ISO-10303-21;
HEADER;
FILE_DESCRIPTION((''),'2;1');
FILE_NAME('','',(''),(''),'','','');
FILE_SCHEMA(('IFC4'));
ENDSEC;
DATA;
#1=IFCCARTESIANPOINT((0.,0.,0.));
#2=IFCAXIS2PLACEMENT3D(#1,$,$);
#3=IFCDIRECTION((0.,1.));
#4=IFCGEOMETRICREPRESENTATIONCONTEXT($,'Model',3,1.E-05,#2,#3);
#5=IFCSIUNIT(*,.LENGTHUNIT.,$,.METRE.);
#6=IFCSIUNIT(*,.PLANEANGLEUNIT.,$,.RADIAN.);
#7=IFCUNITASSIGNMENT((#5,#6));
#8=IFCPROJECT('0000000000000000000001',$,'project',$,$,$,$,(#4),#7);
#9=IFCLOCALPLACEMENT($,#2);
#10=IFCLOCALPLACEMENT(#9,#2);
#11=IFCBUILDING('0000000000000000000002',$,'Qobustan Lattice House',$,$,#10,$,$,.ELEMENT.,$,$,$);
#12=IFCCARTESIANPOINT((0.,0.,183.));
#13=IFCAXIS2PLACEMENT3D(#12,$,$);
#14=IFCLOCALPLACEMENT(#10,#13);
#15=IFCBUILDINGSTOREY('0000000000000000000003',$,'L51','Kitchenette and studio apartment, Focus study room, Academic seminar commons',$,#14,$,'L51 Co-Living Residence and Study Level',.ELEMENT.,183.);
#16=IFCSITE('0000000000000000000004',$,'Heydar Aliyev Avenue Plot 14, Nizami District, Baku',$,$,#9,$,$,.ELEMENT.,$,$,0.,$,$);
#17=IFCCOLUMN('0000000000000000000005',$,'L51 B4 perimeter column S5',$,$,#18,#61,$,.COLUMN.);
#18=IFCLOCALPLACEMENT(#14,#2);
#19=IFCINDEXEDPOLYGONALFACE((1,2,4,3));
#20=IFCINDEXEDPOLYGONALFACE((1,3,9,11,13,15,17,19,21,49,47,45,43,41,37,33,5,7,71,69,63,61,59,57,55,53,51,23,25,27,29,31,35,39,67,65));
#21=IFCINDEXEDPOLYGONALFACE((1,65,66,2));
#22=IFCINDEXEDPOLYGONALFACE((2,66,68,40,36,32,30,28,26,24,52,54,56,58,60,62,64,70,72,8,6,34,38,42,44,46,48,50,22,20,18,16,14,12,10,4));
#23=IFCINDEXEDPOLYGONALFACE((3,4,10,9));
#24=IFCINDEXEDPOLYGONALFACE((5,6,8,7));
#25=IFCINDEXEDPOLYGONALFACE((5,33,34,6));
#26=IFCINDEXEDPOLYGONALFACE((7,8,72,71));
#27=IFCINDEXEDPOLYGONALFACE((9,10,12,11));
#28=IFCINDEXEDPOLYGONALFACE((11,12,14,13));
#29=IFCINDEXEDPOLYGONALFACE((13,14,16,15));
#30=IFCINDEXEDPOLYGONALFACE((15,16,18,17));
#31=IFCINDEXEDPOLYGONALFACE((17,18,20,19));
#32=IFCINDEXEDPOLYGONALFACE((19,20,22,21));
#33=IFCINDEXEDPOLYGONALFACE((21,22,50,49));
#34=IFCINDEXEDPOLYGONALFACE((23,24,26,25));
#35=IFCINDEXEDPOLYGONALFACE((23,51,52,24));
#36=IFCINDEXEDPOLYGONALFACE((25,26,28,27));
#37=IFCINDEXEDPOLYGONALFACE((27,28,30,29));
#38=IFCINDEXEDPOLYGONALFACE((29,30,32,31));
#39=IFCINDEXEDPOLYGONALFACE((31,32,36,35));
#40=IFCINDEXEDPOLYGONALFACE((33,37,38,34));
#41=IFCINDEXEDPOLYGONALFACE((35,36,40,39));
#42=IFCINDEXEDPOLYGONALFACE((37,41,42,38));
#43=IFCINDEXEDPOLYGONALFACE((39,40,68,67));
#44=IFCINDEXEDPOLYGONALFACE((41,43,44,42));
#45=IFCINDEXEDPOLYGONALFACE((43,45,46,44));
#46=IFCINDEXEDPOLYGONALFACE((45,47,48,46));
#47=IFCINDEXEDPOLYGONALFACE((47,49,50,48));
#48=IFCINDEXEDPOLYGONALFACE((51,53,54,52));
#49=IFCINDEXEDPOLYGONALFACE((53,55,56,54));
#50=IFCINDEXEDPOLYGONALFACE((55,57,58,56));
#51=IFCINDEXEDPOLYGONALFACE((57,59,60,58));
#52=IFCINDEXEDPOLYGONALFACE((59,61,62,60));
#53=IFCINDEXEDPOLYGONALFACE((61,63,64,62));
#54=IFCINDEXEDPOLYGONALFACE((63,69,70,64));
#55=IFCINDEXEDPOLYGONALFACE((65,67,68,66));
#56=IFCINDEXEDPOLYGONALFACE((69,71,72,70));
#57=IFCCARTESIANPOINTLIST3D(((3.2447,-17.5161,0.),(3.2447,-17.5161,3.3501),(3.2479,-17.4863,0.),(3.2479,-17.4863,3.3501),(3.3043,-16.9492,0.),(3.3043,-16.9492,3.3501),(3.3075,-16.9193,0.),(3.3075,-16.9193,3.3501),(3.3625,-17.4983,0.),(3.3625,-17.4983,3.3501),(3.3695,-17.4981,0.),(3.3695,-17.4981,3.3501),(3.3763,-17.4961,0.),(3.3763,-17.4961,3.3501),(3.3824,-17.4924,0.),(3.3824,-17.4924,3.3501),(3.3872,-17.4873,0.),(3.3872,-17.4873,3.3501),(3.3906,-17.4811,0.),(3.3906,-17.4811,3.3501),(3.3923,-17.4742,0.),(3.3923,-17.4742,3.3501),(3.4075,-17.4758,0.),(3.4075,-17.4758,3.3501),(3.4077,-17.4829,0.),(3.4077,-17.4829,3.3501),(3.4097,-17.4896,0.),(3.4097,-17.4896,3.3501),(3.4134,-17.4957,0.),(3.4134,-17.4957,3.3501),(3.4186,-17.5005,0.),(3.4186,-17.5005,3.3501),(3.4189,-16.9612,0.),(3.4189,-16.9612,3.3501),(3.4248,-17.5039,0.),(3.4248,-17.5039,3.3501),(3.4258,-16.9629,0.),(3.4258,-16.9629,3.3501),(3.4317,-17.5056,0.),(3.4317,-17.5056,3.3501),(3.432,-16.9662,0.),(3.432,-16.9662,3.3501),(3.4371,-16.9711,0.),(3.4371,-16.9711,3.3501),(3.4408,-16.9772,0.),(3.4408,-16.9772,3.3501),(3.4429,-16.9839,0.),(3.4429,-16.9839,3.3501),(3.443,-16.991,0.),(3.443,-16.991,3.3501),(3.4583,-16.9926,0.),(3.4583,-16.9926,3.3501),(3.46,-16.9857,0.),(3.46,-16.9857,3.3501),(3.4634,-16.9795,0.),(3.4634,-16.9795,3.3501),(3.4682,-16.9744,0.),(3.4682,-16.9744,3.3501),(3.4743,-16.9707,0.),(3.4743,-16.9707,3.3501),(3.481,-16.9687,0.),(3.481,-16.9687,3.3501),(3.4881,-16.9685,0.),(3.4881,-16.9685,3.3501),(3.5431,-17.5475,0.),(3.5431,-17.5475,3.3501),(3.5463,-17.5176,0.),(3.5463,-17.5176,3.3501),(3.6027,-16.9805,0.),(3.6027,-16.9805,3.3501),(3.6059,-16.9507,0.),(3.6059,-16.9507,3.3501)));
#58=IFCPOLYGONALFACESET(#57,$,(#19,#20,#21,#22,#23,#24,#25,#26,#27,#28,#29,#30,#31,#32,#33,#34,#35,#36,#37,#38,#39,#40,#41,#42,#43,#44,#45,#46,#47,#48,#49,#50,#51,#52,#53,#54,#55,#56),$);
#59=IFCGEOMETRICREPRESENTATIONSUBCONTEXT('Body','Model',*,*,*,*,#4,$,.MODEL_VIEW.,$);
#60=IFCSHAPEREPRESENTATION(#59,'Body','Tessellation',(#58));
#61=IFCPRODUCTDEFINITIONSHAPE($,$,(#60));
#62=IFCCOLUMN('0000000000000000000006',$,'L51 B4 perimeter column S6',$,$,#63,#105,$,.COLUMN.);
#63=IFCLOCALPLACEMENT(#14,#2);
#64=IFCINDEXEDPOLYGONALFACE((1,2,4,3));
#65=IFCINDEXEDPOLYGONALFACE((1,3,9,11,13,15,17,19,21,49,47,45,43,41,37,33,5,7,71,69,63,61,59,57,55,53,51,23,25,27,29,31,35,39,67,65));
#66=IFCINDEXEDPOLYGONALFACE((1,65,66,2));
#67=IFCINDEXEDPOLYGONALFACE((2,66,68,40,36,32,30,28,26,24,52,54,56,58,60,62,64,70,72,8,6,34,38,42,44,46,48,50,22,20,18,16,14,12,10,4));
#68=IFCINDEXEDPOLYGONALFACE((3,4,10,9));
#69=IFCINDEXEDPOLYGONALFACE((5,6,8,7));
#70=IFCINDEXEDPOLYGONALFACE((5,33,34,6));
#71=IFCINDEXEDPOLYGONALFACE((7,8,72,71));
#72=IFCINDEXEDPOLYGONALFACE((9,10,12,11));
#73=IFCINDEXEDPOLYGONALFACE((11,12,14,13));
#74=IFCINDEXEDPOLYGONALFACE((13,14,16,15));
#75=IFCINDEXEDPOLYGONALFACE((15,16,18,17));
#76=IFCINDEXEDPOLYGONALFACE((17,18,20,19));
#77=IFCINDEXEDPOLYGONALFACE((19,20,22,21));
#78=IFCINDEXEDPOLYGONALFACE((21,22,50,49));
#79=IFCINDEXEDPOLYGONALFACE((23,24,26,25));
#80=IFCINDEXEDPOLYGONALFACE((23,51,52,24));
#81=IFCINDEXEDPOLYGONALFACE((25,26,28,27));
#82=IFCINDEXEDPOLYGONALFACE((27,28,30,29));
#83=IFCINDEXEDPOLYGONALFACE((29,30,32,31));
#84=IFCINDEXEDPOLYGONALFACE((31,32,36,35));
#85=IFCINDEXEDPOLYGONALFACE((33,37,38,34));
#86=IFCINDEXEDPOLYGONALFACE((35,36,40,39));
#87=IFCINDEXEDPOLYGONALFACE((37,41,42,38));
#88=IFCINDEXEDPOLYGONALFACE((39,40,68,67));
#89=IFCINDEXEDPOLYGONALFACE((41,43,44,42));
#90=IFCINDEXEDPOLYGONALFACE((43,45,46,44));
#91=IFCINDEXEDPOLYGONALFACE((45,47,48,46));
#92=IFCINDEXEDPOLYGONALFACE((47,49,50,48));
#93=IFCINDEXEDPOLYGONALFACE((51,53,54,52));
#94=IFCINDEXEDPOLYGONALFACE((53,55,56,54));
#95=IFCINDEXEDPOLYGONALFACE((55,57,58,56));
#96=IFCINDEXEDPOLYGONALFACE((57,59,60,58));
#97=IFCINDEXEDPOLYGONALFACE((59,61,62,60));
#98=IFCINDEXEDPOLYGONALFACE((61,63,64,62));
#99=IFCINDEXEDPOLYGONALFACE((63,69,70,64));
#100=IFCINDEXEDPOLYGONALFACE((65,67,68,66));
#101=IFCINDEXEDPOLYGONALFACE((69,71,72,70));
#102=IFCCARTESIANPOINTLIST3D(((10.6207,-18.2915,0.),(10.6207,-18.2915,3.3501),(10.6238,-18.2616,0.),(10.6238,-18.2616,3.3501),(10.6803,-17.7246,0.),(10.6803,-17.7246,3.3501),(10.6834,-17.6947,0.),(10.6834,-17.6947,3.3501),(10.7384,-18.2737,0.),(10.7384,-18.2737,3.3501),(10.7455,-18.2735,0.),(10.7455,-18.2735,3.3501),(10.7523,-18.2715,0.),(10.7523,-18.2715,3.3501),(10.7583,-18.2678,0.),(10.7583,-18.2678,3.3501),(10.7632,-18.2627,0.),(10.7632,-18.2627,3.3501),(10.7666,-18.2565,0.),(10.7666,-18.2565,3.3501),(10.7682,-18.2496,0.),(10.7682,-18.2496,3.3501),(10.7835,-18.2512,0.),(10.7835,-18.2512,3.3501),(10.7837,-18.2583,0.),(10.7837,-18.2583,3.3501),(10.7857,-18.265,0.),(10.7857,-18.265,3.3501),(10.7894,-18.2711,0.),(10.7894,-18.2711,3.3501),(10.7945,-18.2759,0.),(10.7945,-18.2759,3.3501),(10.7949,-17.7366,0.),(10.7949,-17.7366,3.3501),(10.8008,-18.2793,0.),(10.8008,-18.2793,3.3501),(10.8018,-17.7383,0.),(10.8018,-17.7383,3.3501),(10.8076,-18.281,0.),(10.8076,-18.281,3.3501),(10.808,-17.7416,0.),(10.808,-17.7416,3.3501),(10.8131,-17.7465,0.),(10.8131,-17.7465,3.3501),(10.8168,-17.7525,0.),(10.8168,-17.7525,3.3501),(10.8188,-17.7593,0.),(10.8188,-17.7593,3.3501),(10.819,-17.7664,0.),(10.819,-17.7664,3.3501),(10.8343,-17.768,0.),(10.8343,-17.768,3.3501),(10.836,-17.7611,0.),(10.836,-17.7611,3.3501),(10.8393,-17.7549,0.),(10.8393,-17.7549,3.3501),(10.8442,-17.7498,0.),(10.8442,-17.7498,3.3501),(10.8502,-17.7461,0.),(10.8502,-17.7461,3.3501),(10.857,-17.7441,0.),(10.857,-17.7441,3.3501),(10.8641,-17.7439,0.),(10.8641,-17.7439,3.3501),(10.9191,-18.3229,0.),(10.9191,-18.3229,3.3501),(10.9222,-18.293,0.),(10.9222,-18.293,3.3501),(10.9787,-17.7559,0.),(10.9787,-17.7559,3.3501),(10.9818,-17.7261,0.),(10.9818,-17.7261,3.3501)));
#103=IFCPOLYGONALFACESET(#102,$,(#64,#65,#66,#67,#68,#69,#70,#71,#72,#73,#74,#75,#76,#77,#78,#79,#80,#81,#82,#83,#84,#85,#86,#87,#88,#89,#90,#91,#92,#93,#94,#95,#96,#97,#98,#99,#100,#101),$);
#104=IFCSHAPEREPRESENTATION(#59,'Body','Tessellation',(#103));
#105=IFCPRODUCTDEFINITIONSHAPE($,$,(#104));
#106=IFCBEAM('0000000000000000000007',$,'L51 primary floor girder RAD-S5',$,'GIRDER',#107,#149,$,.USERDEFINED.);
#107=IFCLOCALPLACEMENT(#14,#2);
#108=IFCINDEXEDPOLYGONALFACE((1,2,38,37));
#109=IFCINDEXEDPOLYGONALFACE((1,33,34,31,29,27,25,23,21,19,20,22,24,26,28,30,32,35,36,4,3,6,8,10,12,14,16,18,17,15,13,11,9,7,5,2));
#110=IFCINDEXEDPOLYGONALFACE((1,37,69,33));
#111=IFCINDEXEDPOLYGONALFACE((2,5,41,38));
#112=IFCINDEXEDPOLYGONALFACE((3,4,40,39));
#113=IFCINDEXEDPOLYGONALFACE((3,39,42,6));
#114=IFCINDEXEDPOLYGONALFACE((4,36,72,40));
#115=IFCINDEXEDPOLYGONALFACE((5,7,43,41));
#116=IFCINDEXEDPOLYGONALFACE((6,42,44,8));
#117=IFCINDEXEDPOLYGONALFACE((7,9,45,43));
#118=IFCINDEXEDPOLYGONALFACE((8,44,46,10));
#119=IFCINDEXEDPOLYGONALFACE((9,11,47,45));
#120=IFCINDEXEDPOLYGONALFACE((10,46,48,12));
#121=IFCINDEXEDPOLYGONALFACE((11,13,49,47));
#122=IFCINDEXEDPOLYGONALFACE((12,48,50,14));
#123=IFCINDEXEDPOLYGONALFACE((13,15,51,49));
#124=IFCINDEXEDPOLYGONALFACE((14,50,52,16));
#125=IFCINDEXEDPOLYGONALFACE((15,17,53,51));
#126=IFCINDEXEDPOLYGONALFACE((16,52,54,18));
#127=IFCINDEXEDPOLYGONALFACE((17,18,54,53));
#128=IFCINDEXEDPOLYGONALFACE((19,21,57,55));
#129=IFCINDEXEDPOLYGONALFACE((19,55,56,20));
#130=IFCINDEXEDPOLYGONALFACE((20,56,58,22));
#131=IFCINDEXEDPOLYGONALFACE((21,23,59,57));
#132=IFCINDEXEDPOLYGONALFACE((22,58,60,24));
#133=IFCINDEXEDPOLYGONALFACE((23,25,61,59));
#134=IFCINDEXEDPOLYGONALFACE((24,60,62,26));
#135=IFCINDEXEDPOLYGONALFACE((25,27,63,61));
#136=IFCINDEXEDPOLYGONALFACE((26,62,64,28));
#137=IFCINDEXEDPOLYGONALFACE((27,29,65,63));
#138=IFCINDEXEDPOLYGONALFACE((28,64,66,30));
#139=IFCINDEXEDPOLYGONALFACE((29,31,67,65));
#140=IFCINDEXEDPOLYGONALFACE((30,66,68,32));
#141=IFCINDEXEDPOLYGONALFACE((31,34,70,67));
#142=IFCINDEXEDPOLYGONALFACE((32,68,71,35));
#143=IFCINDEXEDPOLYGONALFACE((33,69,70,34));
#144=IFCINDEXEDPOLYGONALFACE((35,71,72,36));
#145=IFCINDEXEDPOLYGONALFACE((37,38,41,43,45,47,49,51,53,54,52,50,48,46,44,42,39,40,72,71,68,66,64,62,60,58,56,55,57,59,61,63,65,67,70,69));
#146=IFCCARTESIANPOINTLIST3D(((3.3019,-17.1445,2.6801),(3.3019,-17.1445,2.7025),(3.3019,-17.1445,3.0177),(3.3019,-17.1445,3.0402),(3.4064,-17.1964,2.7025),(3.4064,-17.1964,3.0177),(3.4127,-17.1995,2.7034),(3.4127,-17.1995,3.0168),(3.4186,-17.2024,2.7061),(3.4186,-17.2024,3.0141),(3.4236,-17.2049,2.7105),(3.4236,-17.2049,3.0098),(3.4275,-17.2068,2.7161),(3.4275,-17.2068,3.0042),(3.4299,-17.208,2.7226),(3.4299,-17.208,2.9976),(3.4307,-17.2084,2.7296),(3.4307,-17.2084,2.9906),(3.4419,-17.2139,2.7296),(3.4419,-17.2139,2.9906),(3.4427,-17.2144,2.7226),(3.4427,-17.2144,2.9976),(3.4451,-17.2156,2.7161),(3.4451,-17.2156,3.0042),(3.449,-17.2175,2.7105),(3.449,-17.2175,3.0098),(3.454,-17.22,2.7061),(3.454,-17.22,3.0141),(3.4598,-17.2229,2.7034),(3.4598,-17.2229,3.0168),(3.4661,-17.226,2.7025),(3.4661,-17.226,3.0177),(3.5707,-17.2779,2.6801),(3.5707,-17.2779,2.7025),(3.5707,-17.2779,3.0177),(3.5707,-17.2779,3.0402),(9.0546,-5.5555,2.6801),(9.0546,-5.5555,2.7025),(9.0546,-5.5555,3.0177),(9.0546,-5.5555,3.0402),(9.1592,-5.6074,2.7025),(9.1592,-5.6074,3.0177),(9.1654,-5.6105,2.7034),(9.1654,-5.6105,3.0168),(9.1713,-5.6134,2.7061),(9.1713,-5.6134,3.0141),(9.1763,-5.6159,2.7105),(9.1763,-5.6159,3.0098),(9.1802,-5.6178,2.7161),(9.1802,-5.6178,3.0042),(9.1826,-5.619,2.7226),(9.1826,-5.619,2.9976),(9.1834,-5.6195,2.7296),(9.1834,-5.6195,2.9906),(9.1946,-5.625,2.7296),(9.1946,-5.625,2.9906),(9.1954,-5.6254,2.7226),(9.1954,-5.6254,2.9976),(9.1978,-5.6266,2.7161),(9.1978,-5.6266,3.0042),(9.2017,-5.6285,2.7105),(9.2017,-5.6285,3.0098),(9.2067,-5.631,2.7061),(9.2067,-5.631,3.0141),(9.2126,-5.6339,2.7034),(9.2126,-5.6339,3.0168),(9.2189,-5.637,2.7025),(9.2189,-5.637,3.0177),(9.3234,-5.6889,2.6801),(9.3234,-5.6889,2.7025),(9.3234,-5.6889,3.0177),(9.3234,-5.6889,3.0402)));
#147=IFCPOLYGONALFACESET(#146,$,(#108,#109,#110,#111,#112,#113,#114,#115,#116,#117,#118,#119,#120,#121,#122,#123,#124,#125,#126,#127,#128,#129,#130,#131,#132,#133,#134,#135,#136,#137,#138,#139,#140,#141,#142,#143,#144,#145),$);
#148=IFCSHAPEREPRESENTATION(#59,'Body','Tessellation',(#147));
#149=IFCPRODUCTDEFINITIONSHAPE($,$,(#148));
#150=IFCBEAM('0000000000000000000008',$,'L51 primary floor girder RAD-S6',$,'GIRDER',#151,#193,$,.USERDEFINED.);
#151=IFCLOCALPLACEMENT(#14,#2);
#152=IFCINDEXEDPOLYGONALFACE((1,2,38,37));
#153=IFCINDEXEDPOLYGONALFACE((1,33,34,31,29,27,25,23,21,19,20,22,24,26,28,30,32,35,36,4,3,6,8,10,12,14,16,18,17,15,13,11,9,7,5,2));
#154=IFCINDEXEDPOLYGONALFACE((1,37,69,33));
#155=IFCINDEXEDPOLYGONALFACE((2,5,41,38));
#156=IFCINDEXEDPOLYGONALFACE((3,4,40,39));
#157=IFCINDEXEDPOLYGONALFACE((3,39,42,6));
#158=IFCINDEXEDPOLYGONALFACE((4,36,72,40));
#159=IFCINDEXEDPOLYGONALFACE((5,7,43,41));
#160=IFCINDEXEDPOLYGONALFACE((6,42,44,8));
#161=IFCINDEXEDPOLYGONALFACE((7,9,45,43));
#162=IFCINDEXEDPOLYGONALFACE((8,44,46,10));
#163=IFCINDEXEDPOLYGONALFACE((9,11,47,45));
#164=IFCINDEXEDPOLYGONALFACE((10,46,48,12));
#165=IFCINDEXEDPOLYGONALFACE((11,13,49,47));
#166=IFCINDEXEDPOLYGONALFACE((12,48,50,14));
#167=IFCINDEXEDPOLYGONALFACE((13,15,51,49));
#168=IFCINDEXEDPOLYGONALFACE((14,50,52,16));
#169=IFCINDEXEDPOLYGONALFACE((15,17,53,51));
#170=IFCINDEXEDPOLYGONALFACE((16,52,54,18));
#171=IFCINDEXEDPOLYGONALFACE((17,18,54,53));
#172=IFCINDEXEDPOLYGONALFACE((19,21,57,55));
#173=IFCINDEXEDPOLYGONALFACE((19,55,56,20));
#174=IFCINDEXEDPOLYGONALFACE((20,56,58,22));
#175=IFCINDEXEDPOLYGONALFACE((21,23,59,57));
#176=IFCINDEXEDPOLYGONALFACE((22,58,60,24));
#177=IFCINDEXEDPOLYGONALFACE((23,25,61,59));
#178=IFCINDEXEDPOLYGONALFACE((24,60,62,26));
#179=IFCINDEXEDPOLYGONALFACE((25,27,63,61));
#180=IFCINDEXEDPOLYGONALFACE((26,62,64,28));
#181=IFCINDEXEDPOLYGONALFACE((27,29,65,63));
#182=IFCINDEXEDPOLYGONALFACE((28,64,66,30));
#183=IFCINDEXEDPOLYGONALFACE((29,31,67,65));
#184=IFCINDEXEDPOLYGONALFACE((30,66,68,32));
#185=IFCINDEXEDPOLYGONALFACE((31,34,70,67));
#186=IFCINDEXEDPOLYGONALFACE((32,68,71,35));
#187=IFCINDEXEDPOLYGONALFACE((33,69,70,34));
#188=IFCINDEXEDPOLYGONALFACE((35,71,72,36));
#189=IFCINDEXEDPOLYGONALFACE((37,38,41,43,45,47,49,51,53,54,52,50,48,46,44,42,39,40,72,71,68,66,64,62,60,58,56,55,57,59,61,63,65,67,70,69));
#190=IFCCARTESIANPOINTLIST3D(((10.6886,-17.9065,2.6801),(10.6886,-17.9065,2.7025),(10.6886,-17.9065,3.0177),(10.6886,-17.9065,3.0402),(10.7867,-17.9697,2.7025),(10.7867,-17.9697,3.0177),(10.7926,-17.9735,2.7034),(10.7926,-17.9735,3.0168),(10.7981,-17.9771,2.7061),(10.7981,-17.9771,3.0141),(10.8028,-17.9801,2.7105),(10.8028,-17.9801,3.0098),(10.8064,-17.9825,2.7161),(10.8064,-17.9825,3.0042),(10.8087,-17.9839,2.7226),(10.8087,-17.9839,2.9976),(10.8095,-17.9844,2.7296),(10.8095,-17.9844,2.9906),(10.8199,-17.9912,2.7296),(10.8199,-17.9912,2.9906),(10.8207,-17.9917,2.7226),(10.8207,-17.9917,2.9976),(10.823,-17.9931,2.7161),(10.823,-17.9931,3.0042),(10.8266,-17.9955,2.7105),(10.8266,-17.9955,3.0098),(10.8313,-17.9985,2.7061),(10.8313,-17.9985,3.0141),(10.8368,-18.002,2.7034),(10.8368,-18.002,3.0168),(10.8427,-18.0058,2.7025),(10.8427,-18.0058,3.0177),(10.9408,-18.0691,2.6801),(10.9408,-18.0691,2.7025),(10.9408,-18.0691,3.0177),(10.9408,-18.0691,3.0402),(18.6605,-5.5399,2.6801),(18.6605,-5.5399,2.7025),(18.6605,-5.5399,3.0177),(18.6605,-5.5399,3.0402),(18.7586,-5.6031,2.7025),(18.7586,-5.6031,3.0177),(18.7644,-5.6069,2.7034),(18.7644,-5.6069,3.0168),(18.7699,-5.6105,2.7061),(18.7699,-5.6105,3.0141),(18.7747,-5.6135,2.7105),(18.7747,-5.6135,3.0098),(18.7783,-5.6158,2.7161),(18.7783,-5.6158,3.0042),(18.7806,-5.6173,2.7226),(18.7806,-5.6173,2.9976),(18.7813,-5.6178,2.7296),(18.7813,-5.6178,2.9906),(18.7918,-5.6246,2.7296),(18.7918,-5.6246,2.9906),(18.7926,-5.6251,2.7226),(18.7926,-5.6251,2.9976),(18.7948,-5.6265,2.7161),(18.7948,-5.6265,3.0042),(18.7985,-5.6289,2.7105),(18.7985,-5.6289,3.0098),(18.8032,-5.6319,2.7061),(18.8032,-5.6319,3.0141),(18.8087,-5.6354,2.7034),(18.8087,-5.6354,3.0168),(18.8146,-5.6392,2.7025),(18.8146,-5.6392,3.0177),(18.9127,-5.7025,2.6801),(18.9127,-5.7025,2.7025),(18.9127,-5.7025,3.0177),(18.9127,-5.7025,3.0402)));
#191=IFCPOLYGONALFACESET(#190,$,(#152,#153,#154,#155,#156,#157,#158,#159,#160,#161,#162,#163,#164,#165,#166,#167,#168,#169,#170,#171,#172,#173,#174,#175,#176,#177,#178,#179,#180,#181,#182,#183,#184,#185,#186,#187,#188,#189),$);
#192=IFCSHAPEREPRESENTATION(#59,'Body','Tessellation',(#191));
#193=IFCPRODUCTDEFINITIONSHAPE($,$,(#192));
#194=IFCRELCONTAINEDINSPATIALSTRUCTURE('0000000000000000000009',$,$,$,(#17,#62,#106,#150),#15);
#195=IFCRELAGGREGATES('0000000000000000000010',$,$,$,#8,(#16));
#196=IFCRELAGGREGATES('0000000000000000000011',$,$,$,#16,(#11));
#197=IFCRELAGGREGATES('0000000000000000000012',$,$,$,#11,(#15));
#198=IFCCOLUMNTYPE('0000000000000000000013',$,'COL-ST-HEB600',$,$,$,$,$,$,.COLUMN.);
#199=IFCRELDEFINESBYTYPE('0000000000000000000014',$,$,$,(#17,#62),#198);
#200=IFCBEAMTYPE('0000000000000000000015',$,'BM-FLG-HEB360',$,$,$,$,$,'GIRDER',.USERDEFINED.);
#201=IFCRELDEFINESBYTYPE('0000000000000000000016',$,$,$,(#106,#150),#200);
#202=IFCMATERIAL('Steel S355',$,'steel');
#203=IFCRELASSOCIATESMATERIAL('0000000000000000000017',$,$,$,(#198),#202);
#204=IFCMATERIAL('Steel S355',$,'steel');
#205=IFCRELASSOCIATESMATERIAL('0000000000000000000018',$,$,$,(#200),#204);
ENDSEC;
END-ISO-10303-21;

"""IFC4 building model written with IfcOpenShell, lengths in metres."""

from ifc_helpers import new_model, si_unit, direction, frame, origin, origin_2d, place, context, subcontext, project, spatial, i_section, extrude, material, material_profile, profile_set, type_object, element, save


model = new_model("IFC4")

# Units and contexts
model_context = context("Model", 3, precision=1e-05, world=origin(), true_north=direction((0.0, 1.0)))
body_context = subcontext(model_context, "Body", "Model", "MODEL_VIEW")
ifc_project = project(units=[si_unit("LENGTHUNIT", "METRE"), si_unit("PLANEANGLEUNIT", "RADIAN")], contexts=[model_context])

# Site, building, storey
site_placement = place(None, origin())
site = spatial("IfcSite", under=ifc_project, at=site_placement, Name="Heydar Aliyev Avenue Plot 14, Nizami District, Baku", CompositionType="ELEMENT", RefElevation=0.0)
building_placement = place(site_placement, origin())
building = spatial("IfcBuilding", under=site, at=building_placement, Name="Qobustan Lattice House", CompositionType="ELEMENT")
storey_placement = place(building_placement, frame((0.0, 0.0, 183.0)))
storey = spatial("IfcBuildingStorey", under=building, at=storey_placement, Name="L51", Description="Kitchenette and studio apartment, Focus study room, Academic seminar commons", LongName="L51 Co-Living Residence and Study Level", CompositionType="ELEMENT", Elevation=183.0)

# Columns
ifc_material_1 = material(Name="Steel S355", Category="steel")
ifc_material_profile_1 = material_profile(ifc_material_1, i_section(OverallWidth=0.3, OverallDepth=0.6001, WebThickness=0.0154, FlangeThickness=0.03, FilletRadius=0.0271, at=origin_2d()), Name="HEB600")
ifc_profile_set_1 = profile_set([ifc_material_profile_1], Name="Steel S355")
column_type = type_object("IfcColumnType", Name="COL-ST-HEB600", PredefinedType="COLUMN", material=ifc_profile_set_1)
for number, where, z_axis, x_axis, name in (
    (1, (3.4253, -17.2334, 0.0), (0.0, 0.0, 1.0), (0.994522, -0.104528, 0.0), "L51 B4 perimeter column S5"),
    (2, (10.8013, -18.0088, 0.0), (0.0, 0.0, 1.0), (0.994522, -0.104528, 0.0), "L51 B4 perimeter column S6"),
):
    element("IfcColumn", number, at=place(storey_placement, frame(where, z_axis=z_axis, x_axis=x_axis)), inside=storey, type_object=column_type, Name=name, PredefinedType="COLUMN", context=body_context, shape_type="SweptSolid", body=[
        extrude(i_section(OverallWidth=0.3, OverallDepth=0.6001, WebThickness=0.0154, FlangeThickness=0.03, FilletRadius=0.0271, at=origin_2d()), origin(), (0.0, 0.0, 1.0), 3.3501),
    ])

# Beams
ifc_material_2 = material(Name="Steel S355", Category="steel")
ifc_material_profile_2 = material_profile(ifc_material_2, i_section(OverallWidth=0.3, OverallDepth=0.3601, WebThickness=0.0125, FlangeThickness=0.0225, FilletRadius=0.0271, at=origin_2d()), Name="HEB360")
ifc_profile_set_2 = profile_set([ifc_material_profile_2], Name="Steel S355")
beam_type_1 = type_object("IfcBeamType", Name="BM-FLG-HEB360", ElementType="GIRDER", PredefinedType="USERDEFINED", material=ifc_profile_set_2)
beam_1_placement = place(storey_placement, frame((3.4363, -17.2112, 2.8601), z_axis=(0.44463, 0.895714, 0.0), x_axis=(-0.895714, 0.44463, 0.0)))
element("IfcBeam", 3, at=beam_1_placement, inside=storey, type_object=beam_type_1, Name="L51 primary floor girder RAD-S5", ObjectType="GIRDER", PredefinedType="USERDEFINED", context=body_context, shape_type="SweptSolid", body=[
    extrude(i_section(OverallWidth=0.3, OverallDepth=0.3601, WebThickness=0.0125, FlangeThickness=0.0225, FilletRadius=0.0271, at=origin_2d()), origin(), (0.0, 0.0, 1.0), 12.9382),
])
beam_2_placement = place(storey_placement, frame((10.8147, -17.9878, 2.8601), z_axis=(0.54181, 0.840501, 0.0), x_axis=(-0.840501, 0.54181, 0.0)))
element("IfcBeam", 4, at=beam_2_placement, inside=storey, type_object=beam_type_1, Name="L51 primary floor girder RAD-S6", ObjectType="GIRDER", PredefinedType="USERDEFINED", context=body_context, shape_type="SweptSolid", body=[
    extrude(i_section(OverallWidth=0.3, OverallDepth=0.3601, WebThickness=0.0125, FlangeThickness=0.0225, FilletRadius=0.0271, at=origin_2d()), origin(), (0.0, 0.0, 1.0), 14.7134),
])

save(model, "model.ifc")
